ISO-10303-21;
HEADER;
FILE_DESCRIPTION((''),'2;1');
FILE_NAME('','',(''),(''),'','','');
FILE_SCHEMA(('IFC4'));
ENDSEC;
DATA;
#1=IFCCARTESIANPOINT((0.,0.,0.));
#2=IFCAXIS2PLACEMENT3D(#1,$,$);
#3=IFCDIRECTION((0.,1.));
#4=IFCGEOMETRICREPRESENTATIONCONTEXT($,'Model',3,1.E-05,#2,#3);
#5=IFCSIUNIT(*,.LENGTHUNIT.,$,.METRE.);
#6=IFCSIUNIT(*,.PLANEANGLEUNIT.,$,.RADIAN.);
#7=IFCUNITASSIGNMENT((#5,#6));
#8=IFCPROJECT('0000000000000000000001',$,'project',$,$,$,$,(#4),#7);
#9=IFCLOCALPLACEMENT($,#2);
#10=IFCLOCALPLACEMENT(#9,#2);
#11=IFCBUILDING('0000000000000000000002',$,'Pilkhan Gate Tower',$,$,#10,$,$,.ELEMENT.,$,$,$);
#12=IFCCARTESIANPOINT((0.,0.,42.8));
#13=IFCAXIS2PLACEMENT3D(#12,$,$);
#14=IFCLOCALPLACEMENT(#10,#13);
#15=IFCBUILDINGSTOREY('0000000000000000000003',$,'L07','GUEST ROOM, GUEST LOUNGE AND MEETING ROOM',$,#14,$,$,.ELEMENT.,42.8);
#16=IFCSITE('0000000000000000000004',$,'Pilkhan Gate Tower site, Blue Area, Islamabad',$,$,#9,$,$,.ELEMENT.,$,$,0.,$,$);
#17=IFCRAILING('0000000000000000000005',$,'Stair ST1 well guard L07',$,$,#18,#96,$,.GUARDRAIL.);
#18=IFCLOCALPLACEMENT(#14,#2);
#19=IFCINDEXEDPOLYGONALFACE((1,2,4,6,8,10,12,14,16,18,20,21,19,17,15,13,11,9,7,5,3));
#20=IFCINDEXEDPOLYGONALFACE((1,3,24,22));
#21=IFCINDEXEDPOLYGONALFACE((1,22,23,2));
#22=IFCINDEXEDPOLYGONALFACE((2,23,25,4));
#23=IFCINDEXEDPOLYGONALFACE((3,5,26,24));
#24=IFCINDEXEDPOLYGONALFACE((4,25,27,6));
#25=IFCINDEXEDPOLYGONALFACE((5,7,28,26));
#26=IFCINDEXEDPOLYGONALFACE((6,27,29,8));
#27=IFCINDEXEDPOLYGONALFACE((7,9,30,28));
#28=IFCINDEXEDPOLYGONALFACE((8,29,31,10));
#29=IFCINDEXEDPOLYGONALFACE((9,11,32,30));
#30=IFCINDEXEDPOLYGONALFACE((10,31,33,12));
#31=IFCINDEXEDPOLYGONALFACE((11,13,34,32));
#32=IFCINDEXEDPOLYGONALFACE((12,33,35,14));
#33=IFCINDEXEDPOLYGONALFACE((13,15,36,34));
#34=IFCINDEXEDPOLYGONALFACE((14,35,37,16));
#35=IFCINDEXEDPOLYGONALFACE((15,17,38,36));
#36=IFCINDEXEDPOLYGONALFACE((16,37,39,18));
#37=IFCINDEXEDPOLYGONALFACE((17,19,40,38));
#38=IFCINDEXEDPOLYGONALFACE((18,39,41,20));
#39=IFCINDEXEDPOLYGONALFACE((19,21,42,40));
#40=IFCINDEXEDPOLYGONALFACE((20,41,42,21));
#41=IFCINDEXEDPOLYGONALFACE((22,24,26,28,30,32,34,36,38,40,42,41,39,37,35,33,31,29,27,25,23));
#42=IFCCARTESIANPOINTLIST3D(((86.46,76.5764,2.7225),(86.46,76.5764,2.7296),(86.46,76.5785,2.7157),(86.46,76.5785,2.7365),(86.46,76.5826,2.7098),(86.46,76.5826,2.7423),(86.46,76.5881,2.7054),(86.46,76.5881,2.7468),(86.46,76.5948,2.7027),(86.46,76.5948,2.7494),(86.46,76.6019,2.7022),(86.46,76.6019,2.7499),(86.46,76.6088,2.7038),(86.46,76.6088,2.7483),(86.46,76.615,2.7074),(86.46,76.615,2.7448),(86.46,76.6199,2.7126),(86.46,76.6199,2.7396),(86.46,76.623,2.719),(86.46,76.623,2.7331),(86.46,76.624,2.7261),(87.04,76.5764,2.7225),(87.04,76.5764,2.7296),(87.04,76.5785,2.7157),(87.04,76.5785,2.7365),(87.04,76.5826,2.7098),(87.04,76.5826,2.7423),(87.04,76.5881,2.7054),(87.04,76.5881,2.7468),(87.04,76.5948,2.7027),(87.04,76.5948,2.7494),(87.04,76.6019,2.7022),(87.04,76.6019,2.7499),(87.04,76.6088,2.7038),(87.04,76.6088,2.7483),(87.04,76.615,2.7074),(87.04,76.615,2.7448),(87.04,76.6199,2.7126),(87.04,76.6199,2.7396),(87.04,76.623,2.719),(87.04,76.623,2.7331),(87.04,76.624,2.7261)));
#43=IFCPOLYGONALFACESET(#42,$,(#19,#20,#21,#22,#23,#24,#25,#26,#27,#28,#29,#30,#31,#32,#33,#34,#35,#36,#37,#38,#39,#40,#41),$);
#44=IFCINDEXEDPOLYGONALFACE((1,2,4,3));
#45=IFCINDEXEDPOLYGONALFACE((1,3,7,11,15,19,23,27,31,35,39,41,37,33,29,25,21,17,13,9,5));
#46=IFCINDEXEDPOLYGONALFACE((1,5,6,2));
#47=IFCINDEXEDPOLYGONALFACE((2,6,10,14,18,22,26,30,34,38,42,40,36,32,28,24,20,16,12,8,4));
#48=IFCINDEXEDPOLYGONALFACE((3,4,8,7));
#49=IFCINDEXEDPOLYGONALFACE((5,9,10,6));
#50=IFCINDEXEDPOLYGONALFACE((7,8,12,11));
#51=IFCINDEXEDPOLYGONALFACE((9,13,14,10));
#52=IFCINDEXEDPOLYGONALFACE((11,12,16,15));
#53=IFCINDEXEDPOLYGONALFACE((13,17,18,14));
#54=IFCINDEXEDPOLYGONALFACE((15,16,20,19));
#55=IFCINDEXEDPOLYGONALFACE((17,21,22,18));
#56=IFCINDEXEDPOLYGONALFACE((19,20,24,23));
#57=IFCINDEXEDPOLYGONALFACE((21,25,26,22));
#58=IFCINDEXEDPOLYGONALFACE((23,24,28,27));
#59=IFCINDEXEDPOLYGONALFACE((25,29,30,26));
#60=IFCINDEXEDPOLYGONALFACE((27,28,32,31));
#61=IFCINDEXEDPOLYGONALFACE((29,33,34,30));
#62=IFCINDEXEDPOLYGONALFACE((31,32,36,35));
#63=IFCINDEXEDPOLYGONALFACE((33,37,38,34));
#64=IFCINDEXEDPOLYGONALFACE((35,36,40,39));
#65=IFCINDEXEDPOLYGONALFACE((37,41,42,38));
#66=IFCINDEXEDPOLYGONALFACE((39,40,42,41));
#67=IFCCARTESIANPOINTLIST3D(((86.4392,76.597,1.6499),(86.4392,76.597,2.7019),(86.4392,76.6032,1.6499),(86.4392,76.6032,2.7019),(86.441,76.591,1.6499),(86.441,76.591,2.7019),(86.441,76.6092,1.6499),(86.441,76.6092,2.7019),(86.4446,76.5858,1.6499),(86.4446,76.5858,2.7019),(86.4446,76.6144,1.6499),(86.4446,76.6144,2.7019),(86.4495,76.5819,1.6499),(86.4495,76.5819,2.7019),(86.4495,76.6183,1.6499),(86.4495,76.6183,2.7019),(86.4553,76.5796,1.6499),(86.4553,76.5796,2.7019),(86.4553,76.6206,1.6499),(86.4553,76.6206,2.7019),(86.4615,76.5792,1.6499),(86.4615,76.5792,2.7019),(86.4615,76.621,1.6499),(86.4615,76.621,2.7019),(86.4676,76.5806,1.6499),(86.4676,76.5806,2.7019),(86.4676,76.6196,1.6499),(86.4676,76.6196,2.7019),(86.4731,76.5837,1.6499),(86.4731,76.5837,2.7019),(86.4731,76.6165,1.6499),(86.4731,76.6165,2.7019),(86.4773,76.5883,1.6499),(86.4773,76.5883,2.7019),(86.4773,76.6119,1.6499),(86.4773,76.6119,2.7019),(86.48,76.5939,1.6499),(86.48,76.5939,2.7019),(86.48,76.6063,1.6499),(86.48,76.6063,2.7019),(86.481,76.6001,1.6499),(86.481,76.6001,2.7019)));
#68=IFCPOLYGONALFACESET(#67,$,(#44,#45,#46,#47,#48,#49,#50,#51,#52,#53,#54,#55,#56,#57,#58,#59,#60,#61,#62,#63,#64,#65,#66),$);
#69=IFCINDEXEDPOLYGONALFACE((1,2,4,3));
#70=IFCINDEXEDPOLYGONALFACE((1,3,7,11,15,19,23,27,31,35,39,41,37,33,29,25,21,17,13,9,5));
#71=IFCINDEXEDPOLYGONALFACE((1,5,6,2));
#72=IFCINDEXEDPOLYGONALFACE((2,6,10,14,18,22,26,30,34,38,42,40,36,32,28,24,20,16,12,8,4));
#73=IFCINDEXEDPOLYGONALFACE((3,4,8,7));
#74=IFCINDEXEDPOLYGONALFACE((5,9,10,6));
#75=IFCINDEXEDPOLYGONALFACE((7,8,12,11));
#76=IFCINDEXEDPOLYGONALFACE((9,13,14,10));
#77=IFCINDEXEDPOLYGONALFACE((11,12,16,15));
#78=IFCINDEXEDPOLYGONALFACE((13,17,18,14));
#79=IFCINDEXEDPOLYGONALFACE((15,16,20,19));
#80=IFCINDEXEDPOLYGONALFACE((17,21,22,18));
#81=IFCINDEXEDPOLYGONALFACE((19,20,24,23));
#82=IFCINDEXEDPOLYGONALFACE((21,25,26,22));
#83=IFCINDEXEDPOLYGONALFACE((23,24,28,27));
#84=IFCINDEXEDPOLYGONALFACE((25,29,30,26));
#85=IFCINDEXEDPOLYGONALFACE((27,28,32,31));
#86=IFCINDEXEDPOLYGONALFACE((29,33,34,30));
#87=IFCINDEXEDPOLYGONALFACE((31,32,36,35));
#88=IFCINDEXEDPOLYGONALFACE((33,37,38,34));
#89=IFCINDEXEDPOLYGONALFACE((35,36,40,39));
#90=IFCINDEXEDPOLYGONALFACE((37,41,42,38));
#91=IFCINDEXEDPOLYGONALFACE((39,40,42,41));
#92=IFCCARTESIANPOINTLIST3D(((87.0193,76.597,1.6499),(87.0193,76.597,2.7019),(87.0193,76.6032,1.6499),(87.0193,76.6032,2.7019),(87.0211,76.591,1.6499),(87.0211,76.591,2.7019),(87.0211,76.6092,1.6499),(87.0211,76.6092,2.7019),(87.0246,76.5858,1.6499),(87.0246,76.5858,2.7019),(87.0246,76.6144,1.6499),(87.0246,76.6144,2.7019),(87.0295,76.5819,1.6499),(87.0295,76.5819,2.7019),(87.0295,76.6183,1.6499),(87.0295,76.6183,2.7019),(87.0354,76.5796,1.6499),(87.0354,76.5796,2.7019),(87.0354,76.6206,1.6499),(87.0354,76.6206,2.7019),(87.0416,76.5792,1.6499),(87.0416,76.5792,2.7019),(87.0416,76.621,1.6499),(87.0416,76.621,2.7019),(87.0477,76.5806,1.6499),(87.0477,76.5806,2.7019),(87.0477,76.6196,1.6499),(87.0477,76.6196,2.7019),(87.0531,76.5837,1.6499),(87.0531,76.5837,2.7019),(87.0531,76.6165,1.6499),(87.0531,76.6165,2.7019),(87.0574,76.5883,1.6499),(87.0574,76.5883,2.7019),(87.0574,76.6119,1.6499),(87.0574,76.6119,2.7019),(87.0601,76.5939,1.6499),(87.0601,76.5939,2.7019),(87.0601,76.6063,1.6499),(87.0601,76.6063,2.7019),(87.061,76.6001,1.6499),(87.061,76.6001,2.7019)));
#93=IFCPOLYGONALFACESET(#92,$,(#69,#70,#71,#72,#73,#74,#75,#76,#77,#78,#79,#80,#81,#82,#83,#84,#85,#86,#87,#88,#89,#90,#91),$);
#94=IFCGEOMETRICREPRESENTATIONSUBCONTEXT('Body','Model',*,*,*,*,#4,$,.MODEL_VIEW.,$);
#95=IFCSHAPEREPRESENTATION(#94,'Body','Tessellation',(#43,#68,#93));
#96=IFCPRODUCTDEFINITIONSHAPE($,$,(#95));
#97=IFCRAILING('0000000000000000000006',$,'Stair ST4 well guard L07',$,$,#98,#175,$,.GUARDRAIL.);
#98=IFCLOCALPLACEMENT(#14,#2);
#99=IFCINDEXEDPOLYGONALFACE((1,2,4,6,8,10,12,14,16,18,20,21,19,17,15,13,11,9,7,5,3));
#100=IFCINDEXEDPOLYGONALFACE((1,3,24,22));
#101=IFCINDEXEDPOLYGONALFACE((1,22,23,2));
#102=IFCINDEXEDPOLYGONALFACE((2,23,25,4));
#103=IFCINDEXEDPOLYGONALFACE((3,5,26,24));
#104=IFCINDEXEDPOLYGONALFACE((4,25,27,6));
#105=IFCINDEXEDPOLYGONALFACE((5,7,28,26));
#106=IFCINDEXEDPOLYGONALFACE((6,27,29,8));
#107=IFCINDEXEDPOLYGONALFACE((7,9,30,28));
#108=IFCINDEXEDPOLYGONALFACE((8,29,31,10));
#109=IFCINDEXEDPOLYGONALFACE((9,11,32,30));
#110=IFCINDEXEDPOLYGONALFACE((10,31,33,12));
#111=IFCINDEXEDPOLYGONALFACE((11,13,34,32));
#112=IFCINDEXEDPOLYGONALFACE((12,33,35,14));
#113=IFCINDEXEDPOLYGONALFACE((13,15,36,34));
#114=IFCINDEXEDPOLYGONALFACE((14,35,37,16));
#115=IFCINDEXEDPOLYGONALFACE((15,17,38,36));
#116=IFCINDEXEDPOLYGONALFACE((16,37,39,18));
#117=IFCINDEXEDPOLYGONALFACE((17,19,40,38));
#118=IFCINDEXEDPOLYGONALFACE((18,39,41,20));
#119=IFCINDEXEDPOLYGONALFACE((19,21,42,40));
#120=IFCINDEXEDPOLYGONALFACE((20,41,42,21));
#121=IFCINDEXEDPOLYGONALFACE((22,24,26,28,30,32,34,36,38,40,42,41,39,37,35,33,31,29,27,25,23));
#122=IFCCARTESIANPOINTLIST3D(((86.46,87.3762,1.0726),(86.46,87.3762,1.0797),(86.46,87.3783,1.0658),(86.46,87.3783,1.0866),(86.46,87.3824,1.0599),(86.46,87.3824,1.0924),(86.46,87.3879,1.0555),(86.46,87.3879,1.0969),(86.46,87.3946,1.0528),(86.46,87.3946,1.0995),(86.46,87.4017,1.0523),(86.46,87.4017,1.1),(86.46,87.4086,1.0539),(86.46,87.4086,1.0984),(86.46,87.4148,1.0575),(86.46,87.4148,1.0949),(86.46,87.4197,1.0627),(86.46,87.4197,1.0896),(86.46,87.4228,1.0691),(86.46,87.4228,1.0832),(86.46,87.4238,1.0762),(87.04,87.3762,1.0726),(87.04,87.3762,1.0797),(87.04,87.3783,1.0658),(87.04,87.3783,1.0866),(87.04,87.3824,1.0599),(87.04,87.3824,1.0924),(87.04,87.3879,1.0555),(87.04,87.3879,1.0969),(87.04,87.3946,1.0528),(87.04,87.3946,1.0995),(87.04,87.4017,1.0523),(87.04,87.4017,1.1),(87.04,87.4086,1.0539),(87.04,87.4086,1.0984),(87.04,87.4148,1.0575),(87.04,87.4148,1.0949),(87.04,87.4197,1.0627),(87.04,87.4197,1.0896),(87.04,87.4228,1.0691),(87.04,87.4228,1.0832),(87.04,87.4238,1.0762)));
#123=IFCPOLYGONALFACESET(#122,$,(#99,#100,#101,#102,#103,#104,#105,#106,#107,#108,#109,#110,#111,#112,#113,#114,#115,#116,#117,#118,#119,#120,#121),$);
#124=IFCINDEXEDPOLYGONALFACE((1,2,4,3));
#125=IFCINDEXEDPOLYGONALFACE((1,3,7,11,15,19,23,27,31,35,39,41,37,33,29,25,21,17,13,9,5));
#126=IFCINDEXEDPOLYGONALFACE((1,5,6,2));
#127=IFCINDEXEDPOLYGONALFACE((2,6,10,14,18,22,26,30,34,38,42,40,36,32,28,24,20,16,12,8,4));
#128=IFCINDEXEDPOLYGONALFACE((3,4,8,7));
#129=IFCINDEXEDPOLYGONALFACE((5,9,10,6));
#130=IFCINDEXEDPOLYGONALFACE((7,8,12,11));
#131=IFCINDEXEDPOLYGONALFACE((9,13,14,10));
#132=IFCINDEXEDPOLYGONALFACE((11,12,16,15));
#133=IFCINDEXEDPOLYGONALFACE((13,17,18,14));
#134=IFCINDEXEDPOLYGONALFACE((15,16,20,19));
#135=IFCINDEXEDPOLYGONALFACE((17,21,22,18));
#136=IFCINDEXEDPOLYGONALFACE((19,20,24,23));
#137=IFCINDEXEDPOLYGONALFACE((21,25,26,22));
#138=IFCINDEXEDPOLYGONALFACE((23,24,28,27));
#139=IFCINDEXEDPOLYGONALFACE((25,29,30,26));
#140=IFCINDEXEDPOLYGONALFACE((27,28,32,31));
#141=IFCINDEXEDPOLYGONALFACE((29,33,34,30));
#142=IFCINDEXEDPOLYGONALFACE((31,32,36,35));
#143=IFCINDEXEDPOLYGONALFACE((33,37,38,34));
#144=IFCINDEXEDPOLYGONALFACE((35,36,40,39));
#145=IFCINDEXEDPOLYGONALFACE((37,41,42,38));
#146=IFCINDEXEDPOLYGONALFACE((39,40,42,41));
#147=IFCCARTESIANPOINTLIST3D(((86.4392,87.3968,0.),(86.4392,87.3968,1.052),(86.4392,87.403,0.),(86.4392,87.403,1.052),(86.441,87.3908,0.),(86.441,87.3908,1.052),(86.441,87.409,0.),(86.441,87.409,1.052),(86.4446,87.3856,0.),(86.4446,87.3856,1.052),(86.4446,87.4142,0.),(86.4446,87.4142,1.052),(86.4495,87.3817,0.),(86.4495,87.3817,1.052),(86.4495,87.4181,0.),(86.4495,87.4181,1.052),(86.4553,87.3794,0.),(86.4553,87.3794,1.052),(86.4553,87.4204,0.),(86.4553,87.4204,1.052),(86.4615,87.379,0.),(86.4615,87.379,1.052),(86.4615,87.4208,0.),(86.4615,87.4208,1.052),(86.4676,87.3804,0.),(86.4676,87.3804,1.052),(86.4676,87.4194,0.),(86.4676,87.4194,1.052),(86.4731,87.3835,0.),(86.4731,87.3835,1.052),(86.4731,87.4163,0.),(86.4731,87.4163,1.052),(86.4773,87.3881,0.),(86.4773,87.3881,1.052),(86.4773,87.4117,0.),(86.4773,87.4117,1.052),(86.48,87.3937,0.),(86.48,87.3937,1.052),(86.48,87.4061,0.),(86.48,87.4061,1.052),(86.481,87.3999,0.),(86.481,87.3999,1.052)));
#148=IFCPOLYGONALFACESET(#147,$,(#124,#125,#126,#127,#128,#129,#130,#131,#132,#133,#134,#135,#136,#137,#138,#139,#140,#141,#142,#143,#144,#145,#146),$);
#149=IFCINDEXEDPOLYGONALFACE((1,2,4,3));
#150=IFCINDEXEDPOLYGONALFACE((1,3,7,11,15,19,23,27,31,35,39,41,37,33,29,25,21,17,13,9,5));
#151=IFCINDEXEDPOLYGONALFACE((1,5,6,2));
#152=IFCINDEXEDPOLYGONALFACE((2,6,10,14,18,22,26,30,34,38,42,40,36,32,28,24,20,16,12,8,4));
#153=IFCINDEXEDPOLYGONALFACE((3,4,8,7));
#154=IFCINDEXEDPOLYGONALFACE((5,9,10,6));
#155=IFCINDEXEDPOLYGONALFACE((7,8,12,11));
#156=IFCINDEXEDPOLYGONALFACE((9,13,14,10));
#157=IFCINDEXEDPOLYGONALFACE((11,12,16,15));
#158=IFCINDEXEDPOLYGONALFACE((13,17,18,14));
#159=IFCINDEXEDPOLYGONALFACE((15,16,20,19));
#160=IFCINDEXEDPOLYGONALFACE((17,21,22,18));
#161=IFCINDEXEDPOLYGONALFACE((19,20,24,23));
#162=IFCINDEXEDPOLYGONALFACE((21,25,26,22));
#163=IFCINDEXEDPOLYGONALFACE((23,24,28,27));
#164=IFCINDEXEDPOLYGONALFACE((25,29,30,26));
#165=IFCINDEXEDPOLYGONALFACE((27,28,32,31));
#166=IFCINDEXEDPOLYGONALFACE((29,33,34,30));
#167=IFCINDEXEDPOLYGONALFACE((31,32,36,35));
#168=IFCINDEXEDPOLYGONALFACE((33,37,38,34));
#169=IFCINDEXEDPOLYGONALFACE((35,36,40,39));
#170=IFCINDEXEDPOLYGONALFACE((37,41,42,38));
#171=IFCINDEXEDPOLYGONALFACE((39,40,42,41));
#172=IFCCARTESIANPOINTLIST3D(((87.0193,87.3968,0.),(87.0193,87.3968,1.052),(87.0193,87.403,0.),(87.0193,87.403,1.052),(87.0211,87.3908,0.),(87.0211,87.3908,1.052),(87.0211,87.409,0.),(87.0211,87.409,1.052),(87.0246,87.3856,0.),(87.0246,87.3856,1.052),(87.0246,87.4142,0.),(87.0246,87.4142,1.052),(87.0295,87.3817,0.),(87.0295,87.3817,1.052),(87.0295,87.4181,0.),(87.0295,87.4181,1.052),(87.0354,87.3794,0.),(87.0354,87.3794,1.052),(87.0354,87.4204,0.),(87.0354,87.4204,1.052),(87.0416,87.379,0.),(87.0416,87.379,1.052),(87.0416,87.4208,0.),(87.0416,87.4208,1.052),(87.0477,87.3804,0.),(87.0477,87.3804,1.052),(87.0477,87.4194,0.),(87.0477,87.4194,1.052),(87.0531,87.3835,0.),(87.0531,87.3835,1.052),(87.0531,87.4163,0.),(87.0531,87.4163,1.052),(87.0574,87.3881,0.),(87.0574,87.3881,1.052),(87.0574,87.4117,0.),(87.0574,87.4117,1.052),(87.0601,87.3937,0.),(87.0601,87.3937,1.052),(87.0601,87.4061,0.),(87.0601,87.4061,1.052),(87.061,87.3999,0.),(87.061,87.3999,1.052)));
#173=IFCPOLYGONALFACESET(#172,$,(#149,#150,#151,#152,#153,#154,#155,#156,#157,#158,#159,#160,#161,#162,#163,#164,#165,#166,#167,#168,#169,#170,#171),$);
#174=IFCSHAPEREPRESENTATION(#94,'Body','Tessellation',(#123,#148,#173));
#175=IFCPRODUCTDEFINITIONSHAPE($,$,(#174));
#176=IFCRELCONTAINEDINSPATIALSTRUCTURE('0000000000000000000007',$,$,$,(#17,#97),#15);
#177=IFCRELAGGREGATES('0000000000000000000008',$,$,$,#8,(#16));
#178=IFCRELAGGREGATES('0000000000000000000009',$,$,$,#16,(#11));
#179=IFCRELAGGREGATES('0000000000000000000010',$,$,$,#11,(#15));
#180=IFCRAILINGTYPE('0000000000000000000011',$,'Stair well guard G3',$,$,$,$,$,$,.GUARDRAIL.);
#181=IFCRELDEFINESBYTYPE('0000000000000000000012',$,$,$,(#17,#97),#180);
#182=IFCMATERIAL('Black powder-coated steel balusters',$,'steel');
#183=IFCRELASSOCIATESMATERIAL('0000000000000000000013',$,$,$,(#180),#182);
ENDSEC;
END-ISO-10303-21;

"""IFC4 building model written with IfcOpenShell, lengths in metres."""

from ifc_helpers import new_model, si_unit, direction, frame, origin, origin_2d, place, context, subcontext, project, spatial, circle, extrude, material, type_object, element, save


model = new_model("IFC4")

# Units and contexts
model_context = context("Model", 3, precision=1e-05, world=origin(), true_north=direction((0.0, 1.0)))
body_context = subcontext(model_context, "Body", "Model", "MODEL_VIEW")
ifc_project = project(units=[si_unit("LENGTHUNIT", "METRE"), si_unit("PLANEANGLEUNIT", "RADIAN")], contexts=[model_context])

# Site, building, storey
site_placement = place(None, origin())
site = spatial("IfcSite", under=ifc_project, at=site_placement, Name="Pilkhan Gate Tower site, Blue Area, Islamabad", CompositionType="ELEMENT", RefElevation=0.0)
building_placement = place(site_placement, origin())
building = spatial("IfcBuilding", under=site, at=building_placement, Name="Pilkhan Gate Tower", CompositionType="ELEMENT")
storey_placement = place(building_placement, frame((0.0, 0.0, 42.8)))
storey = spatial("IfcBuildingStorey", under=building, at=storey_placement, Name="L07", Description="GUEST ROOM, GUEST LOUNGE AND MEETING ROOM", CompositionType="ELEMENT", Elevation=42.8)

# Railings
ifc_material_1 = material(Name="Black powder-coated steel balusters", Category="steel")
railing_type_1 = type_object("IfcRailingType", Name="Stair well guard G3", PredefinedType="GUARDRAIL", material=ifc_material_1)
for number, where, name in (
    (1, (86.46, 76.6001, 1.6499), "Stair ST1 well guard L07"),
    (2, (86.46, 87.3999, 0.0), "Stair ST4 well guard L07"),
):
    element("IfcRailing", number, at=place(storey_placement, frame(where)), inside=storey, type_object=railing_type_1, Name=name, PredefinedType="GUARDRAIL", context=body_context, shape_type="SweptSolid", body=[
        extrude(circle(Radius=0.0239, at=origin_2d()), frame((0.0, 0.0, 1.0762), z_axis=(1.0, 0.0, 0.0), x_axis=(0.0, 1.0, 0.0)), (0.0, 0.0, 1.0), 0.5801),
        extrude(circle(Radius=0.021, at=origin_2d()), origin(), (0.0, 0.0, 1.0), 1.052),
        extrude(circle(Radius=0.021, at=origin_2d()), frame((0.5801, 0.0, 0.0)), (0.0, 0.0, 1.0), 1.052),
    ])

save(model, "model.ifc")
